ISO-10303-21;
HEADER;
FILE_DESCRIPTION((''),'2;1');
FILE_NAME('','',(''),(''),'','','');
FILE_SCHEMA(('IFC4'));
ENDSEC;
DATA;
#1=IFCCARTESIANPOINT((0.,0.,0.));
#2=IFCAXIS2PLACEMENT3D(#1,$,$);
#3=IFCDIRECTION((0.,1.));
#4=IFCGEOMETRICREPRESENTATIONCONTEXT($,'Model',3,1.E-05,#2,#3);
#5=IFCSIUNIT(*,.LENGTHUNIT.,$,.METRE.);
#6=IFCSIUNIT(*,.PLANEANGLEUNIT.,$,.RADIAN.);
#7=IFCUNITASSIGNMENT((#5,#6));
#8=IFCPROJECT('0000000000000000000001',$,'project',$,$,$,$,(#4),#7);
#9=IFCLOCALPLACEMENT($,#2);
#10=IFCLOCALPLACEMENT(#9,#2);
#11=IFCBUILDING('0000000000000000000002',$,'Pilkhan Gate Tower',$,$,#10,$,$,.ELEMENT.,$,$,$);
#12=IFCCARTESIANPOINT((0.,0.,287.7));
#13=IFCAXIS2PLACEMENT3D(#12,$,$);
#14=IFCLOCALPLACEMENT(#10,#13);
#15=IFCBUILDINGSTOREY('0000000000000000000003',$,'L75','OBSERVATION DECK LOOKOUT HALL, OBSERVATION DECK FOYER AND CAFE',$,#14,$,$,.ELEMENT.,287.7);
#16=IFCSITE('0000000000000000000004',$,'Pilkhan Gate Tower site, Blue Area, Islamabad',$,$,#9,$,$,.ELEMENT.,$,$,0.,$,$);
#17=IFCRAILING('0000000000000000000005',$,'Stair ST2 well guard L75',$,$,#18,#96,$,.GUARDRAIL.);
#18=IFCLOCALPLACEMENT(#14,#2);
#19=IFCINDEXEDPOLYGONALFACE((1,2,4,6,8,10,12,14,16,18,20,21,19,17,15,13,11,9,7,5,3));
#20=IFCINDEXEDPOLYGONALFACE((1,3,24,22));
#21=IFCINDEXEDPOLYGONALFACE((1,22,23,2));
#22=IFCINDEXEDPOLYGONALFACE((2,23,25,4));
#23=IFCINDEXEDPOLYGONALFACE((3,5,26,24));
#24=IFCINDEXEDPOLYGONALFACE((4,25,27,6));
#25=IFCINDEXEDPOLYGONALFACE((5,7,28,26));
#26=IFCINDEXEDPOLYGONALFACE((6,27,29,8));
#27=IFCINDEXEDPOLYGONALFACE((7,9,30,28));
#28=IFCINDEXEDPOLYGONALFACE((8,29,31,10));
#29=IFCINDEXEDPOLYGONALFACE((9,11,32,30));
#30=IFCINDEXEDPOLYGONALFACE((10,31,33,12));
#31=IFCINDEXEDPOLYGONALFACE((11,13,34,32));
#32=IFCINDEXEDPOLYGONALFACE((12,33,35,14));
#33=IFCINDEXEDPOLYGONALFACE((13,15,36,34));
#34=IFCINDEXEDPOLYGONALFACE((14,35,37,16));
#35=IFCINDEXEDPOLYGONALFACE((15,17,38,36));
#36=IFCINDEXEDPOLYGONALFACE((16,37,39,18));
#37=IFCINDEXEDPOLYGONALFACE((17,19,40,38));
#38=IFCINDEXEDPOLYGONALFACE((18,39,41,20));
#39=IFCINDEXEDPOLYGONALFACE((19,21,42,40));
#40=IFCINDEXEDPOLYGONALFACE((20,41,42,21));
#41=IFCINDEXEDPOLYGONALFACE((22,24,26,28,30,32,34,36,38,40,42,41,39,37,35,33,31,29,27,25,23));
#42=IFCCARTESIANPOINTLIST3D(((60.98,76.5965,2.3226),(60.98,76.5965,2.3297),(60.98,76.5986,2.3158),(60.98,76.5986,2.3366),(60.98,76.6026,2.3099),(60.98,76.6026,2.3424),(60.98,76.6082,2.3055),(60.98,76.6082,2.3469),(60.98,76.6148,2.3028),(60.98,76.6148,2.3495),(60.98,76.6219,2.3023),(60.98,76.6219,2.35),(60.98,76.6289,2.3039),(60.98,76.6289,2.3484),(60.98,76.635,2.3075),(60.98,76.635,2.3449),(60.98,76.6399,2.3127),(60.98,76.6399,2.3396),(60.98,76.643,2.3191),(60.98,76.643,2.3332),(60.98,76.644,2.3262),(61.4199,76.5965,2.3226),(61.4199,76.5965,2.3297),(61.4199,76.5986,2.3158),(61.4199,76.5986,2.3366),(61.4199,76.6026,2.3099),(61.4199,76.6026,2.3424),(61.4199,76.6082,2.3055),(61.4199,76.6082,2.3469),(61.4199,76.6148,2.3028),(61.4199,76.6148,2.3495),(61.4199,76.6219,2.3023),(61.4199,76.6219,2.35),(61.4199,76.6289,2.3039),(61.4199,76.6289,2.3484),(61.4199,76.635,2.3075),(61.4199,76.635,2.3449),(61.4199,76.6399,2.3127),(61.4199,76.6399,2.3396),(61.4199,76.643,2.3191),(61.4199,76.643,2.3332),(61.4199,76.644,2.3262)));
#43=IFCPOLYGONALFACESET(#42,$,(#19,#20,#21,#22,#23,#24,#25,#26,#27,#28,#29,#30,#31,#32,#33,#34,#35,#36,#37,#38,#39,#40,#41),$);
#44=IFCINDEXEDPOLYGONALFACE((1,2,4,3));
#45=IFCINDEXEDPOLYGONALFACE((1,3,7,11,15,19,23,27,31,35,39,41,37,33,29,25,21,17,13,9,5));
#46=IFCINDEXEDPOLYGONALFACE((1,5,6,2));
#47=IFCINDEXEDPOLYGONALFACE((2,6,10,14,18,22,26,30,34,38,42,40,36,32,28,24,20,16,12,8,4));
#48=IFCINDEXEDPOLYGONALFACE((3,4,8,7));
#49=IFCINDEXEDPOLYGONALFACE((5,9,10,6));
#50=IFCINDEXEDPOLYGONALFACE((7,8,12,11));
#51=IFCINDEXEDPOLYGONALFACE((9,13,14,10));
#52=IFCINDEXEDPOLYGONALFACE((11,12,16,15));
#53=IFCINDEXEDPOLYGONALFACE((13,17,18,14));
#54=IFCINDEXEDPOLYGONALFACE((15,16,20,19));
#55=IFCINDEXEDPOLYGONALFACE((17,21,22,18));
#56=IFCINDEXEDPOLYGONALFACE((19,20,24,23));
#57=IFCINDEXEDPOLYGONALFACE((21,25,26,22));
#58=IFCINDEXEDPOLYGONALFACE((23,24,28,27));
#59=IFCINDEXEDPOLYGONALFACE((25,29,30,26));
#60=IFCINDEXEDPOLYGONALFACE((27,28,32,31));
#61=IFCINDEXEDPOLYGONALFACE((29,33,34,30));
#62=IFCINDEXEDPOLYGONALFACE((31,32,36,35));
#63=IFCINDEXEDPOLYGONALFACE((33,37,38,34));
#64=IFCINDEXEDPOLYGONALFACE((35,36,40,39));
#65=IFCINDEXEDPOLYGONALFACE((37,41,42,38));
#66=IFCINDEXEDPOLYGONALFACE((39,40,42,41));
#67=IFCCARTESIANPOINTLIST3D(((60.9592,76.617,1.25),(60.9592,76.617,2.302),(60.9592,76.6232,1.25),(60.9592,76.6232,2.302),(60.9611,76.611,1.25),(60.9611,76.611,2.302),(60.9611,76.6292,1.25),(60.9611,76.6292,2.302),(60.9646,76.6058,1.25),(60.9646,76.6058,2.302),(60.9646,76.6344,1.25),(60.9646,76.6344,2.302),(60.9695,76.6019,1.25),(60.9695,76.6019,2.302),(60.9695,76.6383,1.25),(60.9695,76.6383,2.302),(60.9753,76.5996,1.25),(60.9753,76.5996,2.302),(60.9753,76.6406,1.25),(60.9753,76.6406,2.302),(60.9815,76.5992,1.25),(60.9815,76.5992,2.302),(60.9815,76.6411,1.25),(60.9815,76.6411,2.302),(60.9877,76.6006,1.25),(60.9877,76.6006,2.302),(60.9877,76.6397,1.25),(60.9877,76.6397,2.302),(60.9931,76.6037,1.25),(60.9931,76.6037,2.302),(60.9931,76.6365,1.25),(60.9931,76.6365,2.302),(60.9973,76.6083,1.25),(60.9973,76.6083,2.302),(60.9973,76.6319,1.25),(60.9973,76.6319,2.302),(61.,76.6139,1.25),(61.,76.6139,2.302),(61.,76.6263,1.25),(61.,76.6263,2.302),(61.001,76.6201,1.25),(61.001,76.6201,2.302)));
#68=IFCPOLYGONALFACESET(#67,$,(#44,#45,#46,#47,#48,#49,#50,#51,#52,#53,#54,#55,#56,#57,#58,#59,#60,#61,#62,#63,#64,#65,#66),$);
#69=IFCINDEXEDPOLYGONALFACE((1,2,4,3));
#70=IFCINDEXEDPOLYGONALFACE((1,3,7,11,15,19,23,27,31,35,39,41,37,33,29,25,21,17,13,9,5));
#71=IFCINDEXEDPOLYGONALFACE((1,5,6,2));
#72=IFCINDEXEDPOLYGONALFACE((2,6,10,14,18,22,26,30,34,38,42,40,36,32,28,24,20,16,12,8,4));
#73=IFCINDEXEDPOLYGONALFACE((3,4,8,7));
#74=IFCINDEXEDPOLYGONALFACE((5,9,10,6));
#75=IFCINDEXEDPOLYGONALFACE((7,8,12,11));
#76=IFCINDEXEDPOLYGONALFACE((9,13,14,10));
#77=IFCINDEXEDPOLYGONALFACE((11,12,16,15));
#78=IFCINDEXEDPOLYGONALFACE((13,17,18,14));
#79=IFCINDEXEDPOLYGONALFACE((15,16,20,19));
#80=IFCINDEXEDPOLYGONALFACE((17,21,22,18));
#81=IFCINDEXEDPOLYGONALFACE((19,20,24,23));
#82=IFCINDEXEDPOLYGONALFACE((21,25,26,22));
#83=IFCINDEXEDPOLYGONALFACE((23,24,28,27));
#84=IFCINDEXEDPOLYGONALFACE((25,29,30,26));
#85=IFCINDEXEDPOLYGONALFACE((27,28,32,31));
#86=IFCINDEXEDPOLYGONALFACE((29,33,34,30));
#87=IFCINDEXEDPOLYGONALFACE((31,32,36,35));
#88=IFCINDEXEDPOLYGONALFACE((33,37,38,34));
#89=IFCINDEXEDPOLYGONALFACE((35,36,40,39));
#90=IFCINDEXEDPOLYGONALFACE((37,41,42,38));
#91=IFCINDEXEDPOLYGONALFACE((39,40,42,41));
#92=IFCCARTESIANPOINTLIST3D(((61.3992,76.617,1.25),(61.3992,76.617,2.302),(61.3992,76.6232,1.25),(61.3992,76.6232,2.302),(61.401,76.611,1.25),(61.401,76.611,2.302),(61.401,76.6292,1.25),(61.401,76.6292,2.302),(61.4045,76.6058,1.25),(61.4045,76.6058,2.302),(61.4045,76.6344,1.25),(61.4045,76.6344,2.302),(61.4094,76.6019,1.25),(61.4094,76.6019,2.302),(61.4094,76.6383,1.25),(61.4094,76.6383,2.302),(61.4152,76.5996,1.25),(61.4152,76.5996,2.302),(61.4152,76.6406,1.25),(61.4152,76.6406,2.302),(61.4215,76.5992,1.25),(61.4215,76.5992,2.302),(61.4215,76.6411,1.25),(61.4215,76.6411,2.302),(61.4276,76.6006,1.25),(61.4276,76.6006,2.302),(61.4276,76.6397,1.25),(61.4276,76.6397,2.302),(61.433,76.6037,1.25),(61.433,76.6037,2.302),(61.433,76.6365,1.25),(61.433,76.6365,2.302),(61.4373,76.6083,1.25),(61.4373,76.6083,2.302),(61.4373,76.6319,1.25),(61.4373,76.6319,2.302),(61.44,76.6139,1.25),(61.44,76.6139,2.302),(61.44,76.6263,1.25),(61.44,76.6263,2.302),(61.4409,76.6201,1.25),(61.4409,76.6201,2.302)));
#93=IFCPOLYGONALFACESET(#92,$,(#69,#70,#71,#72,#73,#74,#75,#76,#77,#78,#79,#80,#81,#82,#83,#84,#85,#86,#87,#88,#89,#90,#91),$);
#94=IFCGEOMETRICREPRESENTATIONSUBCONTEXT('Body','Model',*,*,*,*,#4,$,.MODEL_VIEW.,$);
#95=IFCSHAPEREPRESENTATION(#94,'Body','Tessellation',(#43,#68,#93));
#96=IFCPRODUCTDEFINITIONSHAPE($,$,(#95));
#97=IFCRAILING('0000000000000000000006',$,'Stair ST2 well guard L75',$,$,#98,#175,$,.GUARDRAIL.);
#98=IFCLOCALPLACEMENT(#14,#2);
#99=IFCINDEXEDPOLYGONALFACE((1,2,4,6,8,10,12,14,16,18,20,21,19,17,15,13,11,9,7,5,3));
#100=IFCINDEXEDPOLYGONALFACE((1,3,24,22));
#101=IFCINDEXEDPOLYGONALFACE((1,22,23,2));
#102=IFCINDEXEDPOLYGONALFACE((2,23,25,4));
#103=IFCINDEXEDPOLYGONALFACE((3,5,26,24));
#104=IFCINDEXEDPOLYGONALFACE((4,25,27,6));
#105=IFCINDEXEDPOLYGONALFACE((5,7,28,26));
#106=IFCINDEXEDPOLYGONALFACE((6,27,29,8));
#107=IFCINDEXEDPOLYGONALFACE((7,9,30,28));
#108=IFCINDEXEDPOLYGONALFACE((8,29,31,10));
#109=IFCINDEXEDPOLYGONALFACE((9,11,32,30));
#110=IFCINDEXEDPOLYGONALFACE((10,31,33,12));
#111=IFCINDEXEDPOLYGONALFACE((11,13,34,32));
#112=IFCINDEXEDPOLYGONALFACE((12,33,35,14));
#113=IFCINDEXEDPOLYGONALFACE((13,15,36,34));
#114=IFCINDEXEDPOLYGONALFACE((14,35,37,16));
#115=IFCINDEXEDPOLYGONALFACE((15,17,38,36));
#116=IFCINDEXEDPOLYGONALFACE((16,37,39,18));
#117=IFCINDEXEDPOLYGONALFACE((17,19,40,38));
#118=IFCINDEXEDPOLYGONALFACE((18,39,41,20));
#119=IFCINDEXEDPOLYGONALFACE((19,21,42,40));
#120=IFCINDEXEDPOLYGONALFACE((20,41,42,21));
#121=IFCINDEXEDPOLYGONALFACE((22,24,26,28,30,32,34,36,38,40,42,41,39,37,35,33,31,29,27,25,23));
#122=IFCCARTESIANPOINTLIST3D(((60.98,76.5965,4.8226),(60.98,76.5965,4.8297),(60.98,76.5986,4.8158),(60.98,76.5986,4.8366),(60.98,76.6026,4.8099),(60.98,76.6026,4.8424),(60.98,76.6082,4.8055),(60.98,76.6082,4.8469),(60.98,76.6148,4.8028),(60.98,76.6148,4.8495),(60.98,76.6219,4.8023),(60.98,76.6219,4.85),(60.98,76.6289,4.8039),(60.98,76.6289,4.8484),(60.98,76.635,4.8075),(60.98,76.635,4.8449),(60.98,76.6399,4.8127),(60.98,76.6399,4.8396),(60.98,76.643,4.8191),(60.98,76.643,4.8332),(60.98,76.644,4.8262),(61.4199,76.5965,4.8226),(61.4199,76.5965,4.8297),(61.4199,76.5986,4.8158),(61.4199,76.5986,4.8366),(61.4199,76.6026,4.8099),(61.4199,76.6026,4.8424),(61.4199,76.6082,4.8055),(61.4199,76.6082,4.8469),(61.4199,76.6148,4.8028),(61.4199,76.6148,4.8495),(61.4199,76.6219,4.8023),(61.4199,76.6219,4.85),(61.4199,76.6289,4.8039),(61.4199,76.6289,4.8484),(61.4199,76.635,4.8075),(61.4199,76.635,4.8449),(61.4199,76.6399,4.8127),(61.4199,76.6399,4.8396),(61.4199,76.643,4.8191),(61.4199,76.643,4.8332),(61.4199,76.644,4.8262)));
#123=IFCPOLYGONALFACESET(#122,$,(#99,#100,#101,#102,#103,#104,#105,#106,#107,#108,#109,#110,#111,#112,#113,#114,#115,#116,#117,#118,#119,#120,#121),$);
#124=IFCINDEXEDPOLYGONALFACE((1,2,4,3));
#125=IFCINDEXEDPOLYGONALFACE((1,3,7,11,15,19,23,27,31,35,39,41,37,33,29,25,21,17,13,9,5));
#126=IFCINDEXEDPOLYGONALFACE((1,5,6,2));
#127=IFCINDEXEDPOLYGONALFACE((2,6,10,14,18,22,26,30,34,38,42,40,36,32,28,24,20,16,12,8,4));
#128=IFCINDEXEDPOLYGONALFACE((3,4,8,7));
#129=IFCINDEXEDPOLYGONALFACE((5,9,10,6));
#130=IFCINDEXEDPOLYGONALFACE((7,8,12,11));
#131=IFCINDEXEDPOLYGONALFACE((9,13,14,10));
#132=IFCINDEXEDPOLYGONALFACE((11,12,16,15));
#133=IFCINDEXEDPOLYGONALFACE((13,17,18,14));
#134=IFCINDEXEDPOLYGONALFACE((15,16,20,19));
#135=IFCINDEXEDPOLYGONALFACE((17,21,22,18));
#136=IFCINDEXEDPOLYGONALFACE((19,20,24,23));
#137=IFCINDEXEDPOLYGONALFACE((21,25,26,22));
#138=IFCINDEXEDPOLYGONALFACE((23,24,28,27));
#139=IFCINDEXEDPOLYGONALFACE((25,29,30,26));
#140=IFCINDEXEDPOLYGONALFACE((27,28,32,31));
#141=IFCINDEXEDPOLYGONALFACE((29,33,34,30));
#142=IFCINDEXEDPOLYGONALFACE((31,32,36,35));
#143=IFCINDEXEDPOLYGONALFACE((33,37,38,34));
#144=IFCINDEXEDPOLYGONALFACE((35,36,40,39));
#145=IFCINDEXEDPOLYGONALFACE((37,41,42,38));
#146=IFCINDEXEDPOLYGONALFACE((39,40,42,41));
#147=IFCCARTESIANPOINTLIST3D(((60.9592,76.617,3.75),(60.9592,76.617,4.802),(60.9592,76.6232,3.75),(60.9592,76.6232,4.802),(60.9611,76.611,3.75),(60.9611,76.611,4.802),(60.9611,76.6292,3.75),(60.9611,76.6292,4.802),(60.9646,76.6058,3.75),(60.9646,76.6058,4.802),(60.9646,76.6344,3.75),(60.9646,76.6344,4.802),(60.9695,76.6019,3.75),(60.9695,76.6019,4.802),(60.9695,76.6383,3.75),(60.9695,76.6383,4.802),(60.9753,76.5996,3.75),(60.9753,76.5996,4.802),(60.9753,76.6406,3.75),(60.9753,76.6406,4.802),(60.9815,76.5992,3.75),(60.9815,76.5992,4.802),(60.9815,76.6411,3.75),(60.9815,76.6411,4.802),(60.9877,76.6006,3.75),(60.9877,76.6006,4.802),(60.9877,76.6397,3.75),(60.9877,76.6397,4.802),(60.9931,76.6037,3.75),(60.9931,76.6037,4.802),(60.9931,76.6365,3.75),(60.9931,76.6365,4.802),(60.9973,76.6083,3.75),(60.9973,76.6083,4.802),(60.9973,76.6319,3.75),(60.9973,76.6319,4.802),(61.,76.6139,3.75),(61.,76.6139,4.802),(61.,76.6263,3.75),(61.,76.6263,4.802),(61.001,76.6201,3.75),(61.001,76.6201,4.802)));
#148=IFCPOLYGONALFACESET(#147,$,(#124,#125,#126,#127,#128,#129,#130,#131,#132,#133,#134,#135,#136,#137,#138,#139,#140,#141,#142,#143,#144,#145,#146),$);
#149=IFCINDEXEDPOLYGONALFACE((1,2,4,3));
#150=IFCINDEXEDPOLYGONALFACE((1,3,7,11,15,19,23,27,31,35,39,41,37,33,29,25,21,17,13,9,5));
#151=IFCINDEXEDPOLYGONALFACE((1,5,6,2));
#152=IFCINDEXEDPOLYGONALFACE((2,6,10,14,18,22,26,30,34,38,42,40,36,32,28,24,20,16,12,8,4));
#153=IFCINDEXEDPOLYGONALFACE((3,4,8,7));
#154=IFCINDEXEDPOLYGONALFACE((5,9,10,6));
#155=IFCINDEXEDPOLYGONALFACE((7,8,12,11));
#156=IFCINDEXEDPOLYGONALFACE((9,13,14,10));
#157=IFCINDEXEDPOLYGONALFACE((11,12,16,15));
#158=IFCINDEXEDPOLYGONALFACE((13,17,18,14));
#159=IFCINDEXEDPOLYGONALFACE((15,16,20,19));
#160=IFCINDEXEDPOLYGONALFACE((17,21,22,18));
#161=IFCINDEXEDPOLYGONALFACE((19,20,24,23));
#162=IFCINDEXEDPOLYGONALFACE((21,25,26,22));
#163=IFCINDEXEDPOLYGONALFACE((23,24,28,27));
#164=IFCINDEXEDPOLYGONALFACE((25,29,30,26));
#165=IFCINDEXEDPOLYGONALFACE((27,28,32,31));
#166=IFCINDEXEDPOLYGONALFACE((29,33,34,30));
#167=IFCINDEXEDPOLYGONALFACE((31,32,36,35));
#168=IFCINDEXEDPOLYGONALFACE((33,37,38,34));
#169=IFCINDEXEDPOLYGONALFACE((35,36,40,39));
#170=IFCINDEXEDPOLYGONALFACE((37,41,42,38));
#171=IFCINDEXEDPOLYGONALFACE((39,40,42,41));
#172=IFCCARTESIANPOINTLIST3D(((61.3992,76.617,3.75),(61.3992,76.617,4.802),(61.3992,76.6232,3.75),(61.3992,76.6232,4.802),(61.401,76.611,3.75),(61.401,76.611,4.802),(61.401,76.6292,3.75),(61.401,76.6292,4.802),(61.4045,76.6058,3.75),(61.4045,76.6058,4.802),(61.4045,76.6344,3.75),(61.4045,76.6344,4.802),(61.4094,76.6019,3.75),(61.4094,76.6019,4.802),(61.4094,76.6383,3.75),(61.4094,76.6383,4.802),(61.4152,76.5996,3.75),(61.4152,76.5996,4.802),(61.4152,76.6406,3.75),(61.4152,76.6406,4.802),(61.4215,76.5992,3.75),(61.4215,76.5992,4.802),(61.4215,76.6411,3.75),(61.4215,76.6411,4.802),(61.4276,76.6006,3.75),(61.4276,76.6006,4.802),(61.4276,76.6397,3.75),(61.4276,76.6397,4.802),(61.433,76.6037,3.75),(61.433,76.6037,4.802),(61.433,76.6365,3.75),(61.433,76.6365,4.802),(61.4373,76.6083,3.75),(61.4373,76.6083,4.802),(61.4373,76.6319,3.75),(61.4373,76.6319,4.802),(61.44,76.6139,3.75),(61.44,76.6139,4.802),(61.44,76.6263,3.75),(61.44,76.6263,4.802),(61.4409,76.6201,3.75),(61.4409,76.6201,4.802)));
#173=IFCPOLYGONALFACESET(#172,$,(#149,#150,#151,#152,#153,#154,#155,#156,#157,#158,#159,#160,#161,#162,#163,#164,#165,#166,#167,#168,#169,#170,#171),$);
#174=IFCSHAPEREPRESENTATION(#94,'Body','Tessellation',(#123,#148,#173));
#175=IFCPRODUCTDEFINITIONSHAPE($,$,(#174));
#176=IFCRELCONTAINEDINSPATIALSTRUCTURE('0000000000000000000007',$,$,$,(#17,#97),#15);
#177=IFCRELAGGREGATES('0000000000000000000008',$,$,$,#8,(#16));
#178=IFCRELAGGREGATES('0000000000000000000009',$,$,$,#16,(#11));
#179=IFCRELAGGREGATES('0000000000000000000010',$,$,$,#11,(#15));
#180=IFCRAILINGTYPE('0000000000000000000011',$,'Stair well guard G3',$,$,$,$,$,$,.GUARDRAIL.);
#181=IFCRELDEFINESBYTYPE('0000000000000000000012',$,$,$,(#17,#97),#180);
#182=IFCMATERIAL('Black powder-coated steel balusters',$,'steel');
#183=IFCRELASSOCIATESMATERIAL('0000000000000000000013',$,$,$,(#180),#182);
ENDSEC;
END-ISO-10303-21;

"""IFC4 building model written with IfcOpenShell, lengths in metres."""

from ifc_helpers import new_model, si_unit, direction, frame, origin, origin_2d, place, context, subcontext, project, spatial, circle, extrude, material, type_object, element, save


model = new_model("IFC4")

# Units and contexts
model_context = context("Model", 3, precision=1e-05, world=origin(), true_north=direction((0.0, 1.0)))
body_context = subcontext(model_context, "Body", "Model", "MODEL_VIEW")
ifc_project = project(units=[si_unit("LENGTHUNIT", "METRE"), si_unit("PLANEANGLEUNIT", "RADIAN")], contexts=[model_context])

# Site, building, storey
site_placement = place(None, origin())
site = spatial("IfcSite", under=ifc_project, at=site_placement, Name="Pilkhan Gate Tower site, Blue Area, Islamabad", CompositionType="ELEMENT", RefElevation=0.0)
building_placement = place(site_placement, origin())
building = spatial("IfcBuilding", under=site, at=building_placement, Name="Pilkhan Gate Tower", CompositionType="ELEMENT")
storey_placement = place(building_placement, frame((0.0, 0.0, 287.7)))
storey = spatial("IfcBuildingStorey", under=building, at=storey_placement, Name="L75", Description="OBSERVATION DECK LOOKOUT HALL, OBSERVATION DECK FOYER AND CAFE", CompositionType="ELEMENT", Elevation=287.7)

# Railings
ifc_material_1 = material(Name="Black powder-coated steel balusters", Category="steel")
railing_type = type_object("IfcRailingType", Name="Stair well guard G3", PredefinedType="GUARDRAIL", material=ifc_material_1)
for number, where, name in (
    (1, (60.98, 76.6201, 1.25), "Stair ST2 well guard L75"),
    (2, (60.98, 76.6201, 3.75), "Stair ST2 well guard L75"),
):
    element("IfcRailing", number, at=place(storey_placement, frame(where)), inside=storey, type_object=railing_type, Name=name, PredefinedType="GUARDRAIL", context=body_context, shape_type="SweptSolid", body=[
        extrude(circle(Radius=0.0239, at=origin_2d()), frame((0.0, 0.0, 1.0762), z_axis=(1.0, 0.0, 0.0), x_axis=(0.0, 1.0, 0.0)), (0.0, 0.0, 1.0), 0.4399),
        extrude(circle(Radius=0.021, at=origin_2d()), origin(), (0.0, 0.0, 1.0), 1.052),
        extrude(circle(Radius=0.021, at=origin_2d()), frame((0.4399, 0.0, 0.0)), (0.0, 0.0, 1.0), 1.052),
    ])

save(model, "model.ifc")
